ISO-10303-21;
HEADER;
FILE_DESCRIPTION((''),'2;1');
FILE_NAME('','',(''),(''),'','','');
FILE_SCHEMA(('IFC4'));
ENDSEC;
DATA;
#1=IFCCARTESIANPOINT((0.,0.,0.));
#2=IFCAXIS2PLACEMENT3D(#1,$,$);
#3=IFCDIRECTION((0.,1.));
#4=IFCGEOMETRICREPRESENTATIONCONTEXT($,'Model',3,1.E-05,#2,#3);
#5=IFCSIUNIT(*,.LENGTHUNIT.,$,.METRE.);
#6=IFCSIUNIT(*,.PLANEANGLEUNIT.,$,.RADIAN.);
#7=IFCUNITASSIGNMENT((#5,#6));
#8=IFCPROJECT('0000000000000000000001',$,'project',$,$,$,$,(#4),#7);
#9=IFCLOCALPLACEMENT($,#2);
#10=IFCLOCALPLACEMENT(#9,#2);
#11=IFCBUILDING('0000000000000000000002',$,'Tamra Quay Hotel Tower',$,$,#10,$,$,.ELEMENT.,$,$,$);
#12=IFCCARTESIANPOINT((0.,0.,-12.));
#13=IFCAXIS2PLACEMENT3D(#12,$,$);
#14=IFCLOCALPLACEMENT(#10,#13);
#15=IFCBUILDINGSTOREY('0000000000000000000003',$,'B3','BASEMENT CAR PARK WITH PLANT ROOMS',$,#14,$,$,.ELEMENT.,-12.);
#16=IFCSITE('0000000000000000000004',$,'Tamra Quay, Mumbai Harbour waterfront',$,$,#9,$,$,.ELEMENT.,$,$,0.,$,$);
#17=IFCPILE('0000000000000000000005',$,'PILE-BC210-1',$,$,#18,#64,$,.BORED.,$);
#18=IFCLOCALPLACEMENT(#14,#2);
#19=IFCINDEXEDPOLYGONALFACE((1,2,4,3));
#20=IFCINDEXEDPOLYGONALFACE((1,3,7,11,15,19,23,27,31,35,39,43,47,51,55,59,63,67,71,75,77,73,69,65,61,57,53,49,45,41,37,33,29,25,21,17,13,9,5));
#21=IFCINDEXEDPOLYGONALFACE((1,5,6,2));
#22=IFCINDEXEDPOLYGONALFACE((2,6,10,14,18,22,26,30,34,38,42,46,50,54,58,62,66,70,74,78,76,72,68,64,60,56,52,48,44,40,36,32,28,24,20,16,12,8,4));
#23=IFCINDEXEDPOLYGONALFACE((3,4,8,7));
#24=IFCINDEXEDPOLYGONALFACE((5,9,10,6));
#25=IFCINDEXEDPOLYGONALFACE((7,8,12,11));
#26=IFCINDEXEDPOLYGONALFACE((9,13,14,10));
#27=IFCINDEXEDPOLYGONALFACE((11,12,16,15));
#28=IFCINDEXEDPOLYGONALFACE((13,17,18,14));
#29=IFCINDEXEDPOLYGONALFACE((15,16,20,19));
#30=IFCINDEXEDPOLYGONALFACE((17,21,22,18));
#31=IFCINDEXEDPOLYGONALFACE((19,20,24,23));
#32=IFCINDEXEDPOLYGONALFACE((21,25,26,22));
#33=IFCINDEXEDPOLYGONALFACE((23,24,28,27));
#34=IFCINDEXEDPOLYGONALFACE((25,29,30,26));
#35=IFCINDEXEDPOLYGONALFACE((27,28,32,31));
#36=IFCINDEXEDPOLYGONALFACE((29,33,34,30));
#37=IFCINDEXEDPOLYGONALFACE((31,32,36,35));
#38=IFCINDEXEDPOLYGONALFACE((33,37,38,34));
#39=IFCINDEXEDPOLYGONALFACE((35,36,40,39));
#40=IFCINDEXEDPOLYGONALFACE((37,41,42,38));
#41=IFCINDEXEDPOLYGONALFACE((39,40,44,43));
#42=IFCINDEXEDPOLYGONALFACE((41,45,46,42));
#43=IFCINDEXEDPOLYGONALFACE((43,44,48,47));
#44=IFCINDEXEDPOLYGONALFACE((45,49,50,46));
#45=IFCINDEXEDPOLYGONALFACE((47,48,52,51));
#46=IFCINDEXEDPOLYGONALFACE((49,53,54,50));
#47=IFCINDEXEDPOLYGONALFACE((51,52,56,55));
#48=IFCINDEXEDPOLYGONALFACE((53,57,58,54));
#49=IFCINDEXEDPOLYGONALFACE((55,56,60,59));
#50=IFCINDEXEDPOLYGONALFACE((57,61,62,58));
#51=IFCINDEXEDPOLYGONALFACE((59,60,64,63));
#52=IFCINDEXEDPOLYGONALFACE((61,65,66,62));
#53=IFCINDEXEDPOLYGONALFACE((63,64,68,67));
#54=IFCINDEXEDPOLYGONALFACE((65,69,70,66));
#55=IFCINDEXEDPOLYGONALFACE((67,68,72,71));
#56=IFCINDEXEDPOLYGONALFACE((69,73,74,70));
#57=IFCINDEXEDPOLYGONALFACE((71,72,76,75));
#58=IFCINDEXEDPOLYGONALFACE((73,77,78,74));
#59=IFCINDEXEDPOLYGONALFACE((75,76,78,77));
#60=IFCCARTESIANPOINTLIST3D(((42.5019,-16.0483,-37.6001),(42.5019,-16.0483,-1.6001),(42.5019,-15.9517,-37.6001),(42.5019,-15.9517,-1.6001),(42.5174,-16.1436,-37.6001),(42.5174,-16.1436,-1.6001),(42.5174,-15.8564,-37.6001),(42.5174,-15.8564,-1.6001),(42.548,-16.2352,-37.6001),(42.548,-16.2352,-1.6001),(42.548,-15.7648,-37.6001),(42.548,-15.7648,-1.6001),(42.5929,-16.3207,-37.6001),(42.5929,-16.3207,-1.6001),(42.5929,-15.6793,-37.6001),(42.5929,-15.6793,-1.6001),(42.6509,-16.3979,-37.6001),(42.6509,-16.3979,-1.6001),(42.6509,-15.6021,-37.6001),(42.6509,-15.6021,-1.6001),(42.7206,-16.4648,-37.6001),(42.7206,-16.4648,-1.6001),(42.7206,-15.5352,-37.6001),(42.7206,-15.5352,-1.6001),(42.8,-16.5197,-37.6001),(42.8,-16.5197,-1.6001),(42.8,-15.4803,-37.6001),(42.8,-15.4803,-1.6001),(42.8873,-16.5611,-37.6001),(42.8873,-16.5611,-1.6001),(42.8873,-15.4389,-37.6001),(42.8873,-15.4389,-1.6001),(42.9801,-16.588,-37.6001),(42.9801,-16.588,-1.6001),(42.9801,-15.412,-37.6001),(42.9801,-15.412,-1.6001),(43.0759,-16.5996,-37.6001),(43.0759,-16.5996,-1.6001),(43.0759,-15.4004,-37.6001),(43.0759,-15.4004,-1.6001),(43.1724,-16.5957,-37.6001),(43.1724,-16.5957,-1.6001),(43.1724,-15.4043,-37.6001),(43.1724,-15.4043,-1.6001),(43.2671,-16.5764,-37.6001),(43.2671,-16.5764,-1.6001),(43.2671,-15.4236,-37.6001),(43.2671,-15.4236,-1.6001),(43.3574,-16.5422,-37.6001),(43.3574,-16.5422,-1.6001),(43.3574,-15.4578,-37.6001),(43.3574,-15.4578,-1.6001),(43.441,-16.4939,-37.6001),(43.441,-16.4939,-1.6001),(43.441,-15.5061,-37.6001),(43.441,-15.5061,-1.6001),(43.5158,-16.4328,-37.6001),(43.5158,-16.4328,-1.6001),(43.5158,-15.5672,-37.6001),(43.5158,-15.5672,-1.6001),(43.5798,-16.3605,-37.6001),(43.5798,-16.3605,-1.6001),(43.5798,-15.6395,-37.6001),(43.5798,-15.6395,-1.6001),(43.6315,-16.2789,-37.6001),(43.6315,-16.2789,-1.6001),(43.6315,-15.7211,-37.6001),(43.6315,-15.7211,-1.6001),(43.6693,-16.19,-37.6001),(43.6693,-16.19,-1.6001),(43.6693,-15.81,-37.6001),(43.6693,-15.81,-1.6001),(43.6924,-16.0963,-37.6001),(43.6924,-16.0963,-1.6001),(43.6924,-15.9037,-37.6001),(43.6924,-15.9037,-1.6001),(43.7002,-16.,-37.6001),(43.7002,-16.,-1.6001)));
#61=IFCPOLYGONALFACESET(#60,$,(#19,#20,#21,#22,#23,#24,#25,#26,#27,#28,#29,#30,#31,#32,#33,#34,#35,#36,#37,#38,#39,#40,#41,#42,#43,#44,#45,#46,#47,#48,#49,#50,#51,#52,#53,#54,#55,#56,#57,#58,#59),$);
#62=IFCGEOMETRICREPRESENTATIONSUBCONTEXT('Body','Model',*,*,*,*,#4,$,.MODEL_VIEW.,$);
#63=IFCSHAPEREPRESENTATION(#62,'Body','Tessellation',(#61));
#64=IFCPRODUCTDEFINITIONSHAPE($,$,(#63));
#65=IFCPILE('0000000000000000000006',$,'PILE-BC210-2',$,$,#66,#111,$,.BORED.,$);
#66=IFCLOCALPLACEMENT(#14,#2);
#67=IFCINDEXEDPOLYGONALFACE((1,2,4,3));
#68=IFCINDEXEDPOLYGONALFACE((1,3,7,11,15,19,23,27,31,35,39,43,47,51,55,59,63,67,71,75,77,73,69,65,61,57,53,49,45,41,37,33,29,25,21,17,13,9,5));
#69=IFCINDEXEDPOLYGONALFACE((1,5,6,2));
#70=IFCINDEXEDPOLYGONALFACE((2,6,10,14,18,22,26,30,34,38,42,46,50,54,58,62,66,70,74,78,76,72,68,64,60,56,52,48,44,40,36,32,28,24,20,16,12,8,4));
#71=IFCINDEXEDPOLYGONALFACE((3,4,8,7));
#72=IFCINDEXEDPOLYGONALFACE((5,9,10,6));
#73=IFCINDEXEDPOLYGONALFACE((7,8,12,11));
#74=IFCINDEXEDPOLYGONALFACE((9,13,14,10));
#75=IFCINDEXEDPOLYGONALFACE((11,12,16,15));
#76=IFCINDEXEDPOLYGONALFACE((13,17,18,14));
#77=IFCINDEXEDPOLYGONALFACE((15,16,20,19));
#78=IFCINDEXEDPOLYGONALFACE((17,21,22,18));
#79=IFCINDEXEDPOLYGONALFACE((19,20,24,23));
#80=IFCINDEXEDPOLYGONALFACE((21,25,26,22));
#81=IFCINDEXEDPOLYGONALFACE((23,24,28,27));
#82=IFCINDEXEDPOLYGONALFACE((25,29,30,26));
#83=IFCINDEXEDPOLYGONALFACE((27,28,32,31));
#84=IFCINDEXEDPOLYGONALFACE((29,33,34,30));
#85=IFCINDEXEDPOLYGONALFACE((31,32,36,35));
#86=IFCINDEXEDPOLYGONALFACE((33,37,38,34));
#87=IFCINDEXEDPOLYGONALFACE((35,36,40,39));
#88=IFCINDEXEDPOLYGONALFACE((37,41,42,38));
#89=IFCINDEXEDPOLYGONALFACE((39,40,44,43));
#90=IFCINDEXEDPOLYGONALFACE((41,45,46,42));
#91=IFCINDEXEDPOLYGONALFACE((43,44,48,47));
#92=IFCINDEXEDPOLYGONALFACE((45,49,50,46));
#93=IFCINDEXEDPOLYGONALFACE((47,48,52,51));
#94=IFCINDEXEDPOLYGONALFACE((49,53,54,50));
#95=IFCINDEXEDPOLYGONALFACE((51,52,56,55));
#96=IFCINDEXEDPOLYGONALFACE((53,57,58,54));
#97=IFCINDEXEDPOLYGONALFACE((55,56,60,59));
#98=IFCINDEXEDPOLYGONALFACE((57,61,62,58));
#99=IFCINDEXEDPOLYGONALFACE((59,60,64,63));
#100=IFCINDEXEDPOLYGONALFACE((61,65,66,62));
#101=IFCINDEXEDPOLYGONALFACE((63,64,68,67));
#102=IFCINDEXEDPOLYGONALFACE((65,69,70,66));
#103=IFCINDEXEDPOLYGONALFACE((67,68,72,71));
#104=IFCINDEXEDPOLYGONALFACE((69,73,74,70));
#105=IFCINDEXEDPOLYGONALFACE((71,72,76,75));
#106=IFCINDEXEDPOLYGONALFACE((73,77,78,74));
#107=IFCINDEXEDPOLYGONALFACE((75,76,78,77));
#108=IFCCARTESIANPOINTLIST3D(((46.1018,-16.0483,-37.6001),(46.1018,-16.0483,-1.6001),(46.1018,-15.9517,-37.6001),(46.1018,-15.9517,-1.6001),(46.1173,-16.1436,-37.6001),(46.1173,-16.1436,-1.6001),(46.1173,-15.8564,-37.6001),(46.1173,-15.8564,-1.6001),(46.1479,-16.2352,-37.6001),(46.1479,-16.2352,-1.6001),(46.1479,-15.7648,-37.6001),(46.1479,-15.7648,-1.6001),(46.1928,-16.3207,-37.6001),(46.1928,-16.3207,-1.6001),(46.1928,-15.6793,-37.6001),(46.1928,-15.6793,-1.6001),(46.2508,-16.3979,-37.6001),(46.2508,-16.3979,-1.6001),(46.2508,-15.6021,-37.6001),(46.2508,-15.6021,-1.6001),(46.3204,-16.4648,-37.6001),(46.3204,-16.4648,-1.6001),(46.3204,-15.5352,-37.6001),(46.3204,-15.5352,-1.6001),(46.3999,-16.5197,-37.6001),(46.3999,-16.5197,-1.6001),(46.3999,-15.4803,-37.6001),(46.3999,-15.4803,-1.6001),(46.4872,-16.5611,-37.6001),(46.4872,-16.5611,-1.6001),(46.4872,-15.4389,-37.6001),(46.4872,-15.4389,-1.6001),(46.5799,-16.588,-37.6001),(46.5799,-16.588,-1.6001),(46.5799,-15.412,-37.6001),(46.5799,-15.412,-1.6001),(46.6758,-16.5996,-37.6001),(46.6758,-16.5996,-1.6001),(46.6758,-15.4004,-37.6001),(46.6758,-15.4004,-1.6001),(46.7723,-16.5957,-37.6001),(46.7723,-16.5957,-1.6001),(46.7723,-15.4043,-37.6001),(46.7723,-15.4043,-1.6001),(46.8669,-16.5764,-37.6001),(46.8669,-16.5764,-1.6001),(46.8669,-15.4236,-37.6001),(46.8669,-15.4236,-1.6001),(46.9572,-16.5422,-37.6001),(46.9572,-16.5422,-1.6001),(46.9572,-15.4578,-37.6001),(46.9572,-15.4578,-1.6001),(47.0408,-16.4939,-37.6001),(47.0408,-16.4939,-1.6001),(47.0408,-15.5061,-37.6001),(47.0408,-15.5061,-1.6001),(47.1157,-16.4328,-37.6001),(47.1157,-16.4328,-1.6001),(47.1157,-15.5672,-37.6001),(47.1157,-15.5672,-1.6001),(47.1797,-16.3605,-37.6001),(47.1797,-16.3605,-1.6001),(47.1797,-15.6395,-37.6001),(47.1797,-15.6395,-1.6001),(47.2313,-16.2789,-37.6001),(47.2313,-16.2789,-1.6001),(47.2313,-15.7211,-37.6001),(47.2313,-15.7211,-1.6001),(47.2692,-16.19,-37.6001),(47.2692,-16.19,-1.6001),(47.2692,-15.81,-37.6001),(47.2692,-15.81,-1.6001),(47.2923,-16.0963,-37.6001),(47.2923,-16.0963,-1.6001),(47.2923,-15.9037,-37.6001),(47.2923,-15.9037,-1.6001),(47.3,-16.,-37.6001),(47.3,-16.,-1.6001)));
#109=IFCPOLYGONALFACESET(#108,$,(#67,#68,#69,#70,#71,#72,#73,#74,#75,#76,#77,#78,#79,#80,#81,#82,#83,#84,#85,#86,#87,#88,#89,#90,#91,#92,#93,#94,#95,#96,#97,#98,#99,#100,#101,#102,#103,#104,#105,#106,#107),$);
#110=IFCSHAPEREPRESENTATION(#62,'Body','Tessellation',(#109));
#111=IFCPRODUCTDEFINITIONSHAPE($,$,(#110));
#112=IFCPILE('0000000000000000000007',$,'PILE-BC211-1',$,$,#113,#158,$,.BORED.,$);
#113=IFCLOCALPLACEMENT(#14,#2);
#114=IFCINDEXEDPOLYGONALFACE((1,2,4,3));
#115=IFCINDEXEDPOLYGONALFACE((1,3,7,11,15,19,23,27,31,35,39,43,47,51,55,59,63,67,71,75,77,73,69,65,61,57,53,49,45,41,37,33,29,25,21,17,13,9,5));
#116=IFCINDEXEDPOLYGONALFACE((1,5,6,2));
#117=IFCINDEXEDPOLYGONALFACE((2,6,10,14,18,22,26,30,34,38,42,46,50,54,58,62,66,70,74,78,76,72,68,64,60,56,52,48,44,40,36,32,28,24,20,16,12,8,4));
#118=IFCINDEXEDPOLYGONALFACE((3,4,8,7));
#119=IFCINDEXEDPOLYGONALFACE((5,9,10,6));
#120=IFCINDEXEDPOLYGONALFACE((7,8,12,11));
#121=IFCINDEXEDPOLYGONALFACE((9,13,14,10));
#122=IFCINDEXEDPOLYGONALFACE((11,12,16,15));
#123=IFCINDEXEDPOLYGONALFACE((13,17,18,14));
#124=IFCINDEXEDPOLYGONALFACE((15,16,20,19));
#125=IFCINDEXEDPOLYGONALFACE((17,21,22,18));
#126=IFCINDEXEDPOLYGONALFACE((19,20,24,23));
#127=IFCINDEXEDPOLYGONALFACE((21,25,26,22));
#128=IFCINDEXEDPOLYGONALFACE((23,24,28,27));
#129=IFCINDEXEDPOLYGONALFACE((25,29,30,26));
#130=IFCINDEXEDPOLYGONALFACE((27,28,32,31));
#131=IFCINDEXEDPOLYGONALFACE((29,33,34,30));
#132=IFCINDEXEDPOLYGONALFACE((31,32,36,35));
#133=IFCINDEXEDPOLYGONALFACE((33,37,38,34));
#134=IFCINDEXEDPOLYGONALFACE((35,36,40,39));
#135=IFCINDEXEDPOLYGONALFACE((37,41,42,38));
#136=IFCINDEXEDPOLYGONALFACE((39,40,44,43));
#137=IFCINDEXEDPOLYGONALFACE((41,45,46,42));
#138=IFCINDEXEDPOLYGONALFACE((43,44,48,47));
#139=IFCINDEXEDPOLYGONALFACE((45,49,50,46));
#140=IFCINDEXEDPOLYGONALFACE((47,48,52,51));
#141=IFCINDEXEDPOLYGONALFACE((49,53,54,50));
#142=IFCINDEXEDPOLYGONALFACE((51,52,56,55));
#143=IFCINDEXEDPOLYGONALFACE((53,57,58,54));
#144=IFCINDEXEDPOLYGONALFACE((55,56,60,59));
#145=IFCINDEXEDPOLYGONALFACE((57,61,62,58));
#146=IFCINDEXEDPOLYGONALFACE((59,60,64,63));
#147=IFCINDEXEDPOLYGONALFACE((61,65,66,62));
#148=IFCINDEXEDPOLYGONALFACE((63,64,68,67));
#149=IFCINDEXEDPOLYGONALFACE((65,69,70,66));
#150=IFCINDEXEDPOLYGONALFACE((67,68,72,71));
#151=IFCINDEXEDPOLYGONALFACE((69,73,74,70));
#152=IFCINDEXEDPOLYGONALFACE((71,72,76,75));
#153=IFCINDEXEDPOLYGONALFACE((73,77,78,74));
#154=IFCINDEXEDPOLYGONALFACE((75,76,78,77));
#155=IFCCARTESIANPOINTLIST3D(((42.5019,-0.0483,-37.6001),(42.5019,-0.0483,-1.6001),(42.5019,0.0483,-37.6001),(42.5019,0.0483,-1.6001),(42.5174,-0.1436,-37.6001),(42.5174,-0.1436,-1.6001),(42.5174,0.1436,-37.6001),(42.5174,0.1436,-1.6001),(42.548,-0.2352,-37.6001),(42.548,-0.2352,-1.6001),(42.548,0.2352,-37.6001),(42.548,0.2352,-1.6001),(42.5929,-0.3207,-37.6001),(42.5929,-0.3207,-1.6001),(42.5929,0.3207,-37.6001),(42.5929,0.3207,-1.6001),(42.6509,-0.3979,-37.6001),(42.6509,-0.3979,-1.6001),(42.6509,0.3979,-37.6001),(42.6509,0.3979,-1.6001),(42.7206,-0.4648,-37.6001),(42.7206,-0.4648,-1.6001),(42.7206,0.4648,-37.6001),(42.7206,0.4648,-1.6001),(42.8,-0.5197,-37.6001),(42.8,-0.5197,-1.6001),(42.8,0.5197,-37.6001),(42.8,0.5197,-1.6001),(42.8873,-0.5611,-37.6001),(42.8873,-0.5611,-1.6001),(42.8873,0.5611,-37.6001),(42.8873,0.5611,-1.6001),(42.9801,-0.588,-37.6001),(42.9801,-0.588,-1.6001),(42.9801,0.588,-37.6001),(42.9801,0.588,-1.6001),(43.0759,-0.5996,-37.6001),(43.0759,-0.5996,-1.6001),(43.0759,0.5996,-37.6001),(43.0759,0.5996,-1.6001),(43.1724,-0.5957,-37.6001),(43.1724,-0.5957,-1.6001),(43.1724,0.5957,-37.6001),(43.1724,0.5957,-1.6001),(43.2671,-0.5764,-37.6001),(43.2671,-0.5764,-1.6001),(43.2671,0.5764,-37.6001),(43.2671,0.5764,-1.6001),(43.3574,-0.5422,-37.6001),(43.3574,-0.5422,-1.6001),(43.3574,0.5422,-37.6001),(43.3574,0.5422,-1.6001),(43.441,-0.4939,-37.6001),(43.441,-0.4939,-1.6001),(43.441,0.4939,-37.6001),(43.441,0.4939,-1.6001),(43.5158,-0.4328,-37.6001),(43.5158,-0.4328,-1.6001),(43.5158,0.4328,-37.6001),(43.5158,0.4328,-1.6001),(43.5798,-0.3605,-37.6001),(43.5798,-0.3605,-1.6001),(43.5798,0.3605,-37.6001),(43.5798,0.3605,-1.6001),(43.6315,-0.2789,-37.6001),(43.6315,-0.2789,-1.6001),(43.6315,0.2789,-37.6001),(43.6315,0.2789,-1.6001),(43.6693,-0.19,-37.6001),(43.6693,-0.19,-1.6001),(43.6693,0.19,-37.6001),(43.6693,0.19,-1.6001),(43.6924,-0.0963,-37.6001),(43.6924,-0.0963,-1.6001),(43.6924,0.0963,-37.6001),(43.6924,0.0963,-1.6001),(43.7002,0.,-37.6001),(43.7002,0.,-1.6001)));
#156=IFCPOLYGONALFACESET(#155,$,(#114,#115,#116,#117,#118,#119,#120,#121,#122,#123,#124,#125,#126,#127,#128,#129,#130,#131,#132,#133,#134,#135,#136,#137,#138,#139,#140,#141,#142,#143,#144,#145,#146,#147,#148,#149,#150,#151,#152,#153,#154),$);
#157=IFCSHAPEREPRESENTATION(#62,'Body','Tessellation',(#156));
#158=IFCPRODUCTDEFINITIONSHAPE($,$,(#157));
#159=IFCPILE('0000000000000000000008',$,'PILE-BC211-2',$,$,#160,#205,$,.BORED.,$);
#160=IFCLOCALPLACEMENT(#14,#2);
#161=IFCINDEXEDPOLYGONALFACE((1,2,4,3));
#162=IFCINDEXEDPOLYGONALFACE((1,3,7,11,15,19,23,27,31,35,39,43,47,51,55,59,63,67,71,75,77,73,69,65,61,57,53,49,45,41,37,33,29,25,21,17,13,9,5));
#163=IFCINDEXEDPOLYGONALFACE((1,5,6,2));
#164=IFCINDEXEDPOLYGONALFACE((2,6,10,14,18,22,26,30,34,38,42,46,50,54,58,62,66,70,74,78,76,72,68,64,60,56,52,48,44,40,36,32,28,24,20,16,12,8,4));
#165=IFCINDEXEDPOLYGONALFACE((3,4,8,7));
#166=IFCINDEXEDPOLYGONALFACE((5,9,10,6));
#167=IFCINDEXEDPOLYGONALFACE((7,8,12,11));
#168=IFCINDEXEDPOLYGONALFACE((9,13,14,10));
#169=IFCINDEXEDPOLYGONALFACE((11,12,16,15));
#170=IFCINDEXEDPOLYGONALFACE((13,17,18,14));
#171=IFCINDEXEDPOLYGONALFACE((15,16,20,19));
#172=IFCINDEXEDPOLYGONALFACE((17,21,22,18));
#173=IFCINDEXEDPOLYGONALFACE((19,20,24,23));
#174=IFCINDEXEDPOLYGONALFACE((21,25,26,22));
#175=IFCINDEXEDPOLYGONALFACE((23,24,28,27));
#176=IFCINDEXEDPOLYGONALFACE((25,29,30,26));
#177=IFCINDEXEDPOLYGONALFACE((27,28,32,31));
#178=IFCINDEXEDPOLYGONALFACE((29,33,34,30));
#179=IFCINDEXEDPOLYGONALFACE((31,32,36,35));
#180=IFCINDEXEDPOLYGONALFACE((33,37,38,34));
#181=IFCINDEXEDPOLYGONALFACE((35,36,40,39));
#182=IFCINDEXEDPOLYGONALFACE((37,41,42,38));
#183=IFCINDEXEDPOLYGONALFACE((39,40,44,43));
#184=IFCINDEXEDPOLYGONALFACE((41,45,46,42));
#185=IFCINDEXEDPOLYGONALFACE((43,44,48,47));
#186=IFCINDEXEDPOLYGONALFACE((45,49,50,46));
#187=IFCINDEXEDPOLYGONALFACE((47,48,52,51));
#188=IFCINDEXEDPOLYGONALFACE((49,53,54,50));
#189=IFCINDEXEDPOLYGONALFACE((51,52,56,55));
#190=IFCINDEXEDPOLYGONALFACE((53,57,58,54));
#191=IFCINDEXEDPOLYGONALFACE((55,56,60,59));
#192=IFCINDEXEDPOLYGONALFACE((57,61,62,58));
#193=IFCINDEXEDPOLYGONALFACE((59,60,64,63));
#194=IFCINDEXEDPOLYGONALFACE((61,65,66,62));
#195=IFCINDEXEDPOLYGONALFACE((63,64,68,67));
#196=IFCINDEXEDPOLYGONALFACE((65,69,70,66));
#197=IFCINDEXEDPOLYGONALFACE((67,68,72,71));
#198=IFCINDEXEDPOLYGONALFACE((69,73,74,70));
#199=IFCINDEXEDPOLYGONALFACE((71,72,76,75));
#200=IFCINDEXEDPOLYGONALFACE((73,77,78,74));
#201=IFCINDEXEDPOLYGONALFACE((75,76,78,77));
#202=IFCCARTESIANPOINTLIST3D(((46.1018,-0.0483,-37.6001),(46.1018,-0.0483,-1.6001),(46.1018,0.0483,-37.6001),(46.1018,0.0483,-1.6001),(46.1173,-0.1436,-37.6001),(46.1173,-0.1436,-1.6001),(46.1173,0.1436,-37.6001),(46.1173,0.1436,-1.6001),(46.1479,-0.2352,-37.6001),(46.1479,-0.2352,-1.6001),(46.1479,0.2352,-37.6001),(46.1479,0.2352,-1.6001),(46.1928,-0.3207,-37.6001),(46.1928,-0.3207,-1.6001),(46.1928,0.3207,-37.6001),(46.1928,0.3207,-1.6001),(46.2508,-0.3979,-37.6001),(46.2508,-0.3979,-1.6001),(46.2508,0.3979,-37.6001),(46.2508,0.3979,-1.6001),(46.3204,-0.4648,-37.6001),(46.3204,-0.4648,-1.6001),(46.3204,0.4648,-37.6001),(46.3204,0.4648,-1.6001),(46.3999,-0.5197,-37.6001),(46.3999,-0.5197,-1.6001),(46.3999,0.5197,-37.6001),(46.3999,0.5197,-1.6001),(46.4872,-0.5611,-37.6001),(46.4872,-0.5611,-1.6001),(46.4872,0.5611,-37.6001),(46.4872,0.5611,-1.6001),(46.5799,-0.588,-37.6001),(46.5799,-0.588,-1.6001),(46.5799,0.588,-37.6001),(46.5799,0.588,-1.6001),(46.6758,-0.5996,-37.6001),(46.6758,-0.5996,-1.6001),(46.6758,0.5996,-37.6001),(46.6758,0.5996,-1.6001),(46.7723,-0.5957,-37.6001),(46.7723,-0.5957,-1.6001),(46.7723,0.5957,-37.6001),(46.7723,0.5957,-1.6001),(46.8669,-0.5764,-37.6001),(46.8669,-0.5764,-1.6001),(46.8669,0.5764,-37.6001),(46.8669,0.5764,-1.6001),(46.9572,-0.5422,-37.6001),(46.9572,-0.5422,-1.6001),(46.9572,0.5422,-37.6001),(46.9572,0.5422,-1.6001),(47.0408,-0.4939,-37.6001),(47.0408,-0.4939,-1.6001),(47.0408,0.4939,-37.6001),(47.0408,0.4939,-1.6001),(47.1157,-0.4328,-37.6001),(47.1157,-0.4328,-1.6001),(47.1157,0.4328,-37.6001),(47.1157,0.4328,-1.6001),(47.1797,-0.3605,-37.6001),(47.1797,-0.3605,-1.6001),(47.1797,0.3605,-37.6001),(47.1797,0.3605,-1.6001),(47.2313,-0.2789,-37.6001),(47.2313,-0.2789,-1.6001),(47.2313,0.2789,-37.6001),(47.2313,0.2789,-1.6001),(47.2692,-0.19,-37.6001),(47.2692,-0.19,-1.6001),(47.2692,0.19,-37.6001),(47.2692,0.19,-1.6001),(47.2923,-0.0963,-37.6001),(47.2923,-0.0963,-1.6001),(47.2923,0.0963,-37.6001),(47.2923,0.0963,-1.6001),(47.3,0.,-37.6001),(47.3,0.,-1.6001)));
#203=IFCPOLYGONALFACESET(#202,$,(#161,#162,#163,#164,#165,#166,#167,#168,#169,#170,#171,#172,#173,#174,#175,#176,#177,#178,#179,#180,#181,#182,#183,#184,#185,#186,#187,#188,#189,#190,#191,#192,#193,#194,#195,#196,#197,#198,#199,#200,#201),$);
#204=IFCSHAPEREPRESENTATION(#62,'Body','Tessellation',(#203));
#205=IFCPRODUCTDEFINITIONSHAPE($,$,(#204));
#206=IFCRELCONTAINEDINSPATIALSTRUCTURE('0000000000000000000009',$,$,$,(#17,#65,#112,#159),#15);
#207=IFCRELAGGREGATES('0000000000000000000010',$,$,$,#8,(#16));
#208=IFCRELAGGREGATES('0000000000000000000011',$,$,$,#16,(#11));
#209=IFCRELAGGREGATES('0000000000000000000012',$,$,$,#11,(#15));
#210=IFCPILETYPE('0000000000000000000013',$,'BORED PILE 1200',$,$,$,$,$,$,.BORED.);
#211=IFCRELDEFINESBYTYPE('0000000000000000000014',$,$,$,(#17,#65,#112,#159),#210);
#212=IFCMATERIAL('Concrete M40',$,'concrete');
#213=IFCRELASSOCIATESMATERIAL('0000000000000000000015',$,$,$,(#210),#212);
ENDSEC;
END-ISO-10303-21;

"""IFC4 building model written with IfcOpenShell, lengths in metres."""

from ifc_helpers import new_model, si_unit, direction, frame, origin, origin_2d, place, context, subcontext, project, spatial, circle, extrude, material, material_profile, profile_set, type_object, element, save


model = new_model("IFC4")

# Units and contexts
model_context = context("Model", 3, precision=1e-05, world=origin(), true_north=direction((0.0, 1.0)))
body_context = subcontext(model_context, "Body", "Model", "MODEL_VIEW")
ifc_project = project(units=[si_unit("LENGTHUNIT", "METRE"), si_unit("PLANEANGLEUNIT", "RADIAN")], contexts=[model_context])

# Site, building, storey
site_placement = place(None, origin())
site = spatial("IfcSite", under=ifc_project, at=site_placement, Name="Tamra Quay, Mumbai Harbour waterfront", CompositionType="ELEMENT", RefElevation=0.0)
building_placement = place(site_placement, origin())
building = spatial("IfcBuilding", under=site, at=building_placement, Name="Tamra Quay Hotel Tower", CompositionType="ELEMENT")
storey_placement = place(building_placement, frame((0.0, 0.0, -12.0)))
storey = spatial("IfcBuildingStorey", under=building, at=storey_placement, Name="B3", Description="BASEMENT CAR PARK WITH PLANT ROOMS", CompositionType="ELEMENT", Elevation=-12.0)

# Piles
ifc_material_1 = material(Name="Concrete M40", Category="concrete")
ifc_material_profile_1 = material_profile(ifc_material_1, circle(Radius=0.6001, at=origin_2d()), Name="BORED PILE 1200")
ifc_profile_set_1 = profile_set([ifc_material_profile_1], Name="Concrete M40")
pile_type = type_object("IfcPileType", Name="BORED PILE 1200", PredefinedType="BORED", material=ifc_profile_set_1)
for number, where, z_axis, x_axis, name in (
    (1, (43.1001, -16.0, -1.6001), (0.0, 0.0, -1.0), (1.0, 0.0, 0.0), "PILE-BC210-1"),
    (2, (46.7, -16.0, -1.6001), (0.0, 0.0, -1.0), (1.0, 0.0, 0.0), "PILE-BC210-2"),
    (3, (43.1001, 0.0, -1.6001), (0.0, 0.0, -1.0), (1.0, 0.0, 0.0), "PILE-BC211-1"),
    (4, (46.7, 0.0, -1.6001), (0.0, 0.0, -1.0), (1.0, 0.0, 0.0), "PILE-BC211-2"),
):
    element("IfcPile", number, at=place(storey_placement, frame(where, z_axis=z_axis, x_axis=x_axis)), inside=storey, type_object=pile_type, Name=name, PredefinedType="BORED", context=body_context, shape_type="SweptSolid", body=[
        extrude(circle(Radius=0.6001, at=origin_2d()), origin(), (0.0, 0.0, 1.0), 36.0),
    ])

save(model, "model.ifc")
